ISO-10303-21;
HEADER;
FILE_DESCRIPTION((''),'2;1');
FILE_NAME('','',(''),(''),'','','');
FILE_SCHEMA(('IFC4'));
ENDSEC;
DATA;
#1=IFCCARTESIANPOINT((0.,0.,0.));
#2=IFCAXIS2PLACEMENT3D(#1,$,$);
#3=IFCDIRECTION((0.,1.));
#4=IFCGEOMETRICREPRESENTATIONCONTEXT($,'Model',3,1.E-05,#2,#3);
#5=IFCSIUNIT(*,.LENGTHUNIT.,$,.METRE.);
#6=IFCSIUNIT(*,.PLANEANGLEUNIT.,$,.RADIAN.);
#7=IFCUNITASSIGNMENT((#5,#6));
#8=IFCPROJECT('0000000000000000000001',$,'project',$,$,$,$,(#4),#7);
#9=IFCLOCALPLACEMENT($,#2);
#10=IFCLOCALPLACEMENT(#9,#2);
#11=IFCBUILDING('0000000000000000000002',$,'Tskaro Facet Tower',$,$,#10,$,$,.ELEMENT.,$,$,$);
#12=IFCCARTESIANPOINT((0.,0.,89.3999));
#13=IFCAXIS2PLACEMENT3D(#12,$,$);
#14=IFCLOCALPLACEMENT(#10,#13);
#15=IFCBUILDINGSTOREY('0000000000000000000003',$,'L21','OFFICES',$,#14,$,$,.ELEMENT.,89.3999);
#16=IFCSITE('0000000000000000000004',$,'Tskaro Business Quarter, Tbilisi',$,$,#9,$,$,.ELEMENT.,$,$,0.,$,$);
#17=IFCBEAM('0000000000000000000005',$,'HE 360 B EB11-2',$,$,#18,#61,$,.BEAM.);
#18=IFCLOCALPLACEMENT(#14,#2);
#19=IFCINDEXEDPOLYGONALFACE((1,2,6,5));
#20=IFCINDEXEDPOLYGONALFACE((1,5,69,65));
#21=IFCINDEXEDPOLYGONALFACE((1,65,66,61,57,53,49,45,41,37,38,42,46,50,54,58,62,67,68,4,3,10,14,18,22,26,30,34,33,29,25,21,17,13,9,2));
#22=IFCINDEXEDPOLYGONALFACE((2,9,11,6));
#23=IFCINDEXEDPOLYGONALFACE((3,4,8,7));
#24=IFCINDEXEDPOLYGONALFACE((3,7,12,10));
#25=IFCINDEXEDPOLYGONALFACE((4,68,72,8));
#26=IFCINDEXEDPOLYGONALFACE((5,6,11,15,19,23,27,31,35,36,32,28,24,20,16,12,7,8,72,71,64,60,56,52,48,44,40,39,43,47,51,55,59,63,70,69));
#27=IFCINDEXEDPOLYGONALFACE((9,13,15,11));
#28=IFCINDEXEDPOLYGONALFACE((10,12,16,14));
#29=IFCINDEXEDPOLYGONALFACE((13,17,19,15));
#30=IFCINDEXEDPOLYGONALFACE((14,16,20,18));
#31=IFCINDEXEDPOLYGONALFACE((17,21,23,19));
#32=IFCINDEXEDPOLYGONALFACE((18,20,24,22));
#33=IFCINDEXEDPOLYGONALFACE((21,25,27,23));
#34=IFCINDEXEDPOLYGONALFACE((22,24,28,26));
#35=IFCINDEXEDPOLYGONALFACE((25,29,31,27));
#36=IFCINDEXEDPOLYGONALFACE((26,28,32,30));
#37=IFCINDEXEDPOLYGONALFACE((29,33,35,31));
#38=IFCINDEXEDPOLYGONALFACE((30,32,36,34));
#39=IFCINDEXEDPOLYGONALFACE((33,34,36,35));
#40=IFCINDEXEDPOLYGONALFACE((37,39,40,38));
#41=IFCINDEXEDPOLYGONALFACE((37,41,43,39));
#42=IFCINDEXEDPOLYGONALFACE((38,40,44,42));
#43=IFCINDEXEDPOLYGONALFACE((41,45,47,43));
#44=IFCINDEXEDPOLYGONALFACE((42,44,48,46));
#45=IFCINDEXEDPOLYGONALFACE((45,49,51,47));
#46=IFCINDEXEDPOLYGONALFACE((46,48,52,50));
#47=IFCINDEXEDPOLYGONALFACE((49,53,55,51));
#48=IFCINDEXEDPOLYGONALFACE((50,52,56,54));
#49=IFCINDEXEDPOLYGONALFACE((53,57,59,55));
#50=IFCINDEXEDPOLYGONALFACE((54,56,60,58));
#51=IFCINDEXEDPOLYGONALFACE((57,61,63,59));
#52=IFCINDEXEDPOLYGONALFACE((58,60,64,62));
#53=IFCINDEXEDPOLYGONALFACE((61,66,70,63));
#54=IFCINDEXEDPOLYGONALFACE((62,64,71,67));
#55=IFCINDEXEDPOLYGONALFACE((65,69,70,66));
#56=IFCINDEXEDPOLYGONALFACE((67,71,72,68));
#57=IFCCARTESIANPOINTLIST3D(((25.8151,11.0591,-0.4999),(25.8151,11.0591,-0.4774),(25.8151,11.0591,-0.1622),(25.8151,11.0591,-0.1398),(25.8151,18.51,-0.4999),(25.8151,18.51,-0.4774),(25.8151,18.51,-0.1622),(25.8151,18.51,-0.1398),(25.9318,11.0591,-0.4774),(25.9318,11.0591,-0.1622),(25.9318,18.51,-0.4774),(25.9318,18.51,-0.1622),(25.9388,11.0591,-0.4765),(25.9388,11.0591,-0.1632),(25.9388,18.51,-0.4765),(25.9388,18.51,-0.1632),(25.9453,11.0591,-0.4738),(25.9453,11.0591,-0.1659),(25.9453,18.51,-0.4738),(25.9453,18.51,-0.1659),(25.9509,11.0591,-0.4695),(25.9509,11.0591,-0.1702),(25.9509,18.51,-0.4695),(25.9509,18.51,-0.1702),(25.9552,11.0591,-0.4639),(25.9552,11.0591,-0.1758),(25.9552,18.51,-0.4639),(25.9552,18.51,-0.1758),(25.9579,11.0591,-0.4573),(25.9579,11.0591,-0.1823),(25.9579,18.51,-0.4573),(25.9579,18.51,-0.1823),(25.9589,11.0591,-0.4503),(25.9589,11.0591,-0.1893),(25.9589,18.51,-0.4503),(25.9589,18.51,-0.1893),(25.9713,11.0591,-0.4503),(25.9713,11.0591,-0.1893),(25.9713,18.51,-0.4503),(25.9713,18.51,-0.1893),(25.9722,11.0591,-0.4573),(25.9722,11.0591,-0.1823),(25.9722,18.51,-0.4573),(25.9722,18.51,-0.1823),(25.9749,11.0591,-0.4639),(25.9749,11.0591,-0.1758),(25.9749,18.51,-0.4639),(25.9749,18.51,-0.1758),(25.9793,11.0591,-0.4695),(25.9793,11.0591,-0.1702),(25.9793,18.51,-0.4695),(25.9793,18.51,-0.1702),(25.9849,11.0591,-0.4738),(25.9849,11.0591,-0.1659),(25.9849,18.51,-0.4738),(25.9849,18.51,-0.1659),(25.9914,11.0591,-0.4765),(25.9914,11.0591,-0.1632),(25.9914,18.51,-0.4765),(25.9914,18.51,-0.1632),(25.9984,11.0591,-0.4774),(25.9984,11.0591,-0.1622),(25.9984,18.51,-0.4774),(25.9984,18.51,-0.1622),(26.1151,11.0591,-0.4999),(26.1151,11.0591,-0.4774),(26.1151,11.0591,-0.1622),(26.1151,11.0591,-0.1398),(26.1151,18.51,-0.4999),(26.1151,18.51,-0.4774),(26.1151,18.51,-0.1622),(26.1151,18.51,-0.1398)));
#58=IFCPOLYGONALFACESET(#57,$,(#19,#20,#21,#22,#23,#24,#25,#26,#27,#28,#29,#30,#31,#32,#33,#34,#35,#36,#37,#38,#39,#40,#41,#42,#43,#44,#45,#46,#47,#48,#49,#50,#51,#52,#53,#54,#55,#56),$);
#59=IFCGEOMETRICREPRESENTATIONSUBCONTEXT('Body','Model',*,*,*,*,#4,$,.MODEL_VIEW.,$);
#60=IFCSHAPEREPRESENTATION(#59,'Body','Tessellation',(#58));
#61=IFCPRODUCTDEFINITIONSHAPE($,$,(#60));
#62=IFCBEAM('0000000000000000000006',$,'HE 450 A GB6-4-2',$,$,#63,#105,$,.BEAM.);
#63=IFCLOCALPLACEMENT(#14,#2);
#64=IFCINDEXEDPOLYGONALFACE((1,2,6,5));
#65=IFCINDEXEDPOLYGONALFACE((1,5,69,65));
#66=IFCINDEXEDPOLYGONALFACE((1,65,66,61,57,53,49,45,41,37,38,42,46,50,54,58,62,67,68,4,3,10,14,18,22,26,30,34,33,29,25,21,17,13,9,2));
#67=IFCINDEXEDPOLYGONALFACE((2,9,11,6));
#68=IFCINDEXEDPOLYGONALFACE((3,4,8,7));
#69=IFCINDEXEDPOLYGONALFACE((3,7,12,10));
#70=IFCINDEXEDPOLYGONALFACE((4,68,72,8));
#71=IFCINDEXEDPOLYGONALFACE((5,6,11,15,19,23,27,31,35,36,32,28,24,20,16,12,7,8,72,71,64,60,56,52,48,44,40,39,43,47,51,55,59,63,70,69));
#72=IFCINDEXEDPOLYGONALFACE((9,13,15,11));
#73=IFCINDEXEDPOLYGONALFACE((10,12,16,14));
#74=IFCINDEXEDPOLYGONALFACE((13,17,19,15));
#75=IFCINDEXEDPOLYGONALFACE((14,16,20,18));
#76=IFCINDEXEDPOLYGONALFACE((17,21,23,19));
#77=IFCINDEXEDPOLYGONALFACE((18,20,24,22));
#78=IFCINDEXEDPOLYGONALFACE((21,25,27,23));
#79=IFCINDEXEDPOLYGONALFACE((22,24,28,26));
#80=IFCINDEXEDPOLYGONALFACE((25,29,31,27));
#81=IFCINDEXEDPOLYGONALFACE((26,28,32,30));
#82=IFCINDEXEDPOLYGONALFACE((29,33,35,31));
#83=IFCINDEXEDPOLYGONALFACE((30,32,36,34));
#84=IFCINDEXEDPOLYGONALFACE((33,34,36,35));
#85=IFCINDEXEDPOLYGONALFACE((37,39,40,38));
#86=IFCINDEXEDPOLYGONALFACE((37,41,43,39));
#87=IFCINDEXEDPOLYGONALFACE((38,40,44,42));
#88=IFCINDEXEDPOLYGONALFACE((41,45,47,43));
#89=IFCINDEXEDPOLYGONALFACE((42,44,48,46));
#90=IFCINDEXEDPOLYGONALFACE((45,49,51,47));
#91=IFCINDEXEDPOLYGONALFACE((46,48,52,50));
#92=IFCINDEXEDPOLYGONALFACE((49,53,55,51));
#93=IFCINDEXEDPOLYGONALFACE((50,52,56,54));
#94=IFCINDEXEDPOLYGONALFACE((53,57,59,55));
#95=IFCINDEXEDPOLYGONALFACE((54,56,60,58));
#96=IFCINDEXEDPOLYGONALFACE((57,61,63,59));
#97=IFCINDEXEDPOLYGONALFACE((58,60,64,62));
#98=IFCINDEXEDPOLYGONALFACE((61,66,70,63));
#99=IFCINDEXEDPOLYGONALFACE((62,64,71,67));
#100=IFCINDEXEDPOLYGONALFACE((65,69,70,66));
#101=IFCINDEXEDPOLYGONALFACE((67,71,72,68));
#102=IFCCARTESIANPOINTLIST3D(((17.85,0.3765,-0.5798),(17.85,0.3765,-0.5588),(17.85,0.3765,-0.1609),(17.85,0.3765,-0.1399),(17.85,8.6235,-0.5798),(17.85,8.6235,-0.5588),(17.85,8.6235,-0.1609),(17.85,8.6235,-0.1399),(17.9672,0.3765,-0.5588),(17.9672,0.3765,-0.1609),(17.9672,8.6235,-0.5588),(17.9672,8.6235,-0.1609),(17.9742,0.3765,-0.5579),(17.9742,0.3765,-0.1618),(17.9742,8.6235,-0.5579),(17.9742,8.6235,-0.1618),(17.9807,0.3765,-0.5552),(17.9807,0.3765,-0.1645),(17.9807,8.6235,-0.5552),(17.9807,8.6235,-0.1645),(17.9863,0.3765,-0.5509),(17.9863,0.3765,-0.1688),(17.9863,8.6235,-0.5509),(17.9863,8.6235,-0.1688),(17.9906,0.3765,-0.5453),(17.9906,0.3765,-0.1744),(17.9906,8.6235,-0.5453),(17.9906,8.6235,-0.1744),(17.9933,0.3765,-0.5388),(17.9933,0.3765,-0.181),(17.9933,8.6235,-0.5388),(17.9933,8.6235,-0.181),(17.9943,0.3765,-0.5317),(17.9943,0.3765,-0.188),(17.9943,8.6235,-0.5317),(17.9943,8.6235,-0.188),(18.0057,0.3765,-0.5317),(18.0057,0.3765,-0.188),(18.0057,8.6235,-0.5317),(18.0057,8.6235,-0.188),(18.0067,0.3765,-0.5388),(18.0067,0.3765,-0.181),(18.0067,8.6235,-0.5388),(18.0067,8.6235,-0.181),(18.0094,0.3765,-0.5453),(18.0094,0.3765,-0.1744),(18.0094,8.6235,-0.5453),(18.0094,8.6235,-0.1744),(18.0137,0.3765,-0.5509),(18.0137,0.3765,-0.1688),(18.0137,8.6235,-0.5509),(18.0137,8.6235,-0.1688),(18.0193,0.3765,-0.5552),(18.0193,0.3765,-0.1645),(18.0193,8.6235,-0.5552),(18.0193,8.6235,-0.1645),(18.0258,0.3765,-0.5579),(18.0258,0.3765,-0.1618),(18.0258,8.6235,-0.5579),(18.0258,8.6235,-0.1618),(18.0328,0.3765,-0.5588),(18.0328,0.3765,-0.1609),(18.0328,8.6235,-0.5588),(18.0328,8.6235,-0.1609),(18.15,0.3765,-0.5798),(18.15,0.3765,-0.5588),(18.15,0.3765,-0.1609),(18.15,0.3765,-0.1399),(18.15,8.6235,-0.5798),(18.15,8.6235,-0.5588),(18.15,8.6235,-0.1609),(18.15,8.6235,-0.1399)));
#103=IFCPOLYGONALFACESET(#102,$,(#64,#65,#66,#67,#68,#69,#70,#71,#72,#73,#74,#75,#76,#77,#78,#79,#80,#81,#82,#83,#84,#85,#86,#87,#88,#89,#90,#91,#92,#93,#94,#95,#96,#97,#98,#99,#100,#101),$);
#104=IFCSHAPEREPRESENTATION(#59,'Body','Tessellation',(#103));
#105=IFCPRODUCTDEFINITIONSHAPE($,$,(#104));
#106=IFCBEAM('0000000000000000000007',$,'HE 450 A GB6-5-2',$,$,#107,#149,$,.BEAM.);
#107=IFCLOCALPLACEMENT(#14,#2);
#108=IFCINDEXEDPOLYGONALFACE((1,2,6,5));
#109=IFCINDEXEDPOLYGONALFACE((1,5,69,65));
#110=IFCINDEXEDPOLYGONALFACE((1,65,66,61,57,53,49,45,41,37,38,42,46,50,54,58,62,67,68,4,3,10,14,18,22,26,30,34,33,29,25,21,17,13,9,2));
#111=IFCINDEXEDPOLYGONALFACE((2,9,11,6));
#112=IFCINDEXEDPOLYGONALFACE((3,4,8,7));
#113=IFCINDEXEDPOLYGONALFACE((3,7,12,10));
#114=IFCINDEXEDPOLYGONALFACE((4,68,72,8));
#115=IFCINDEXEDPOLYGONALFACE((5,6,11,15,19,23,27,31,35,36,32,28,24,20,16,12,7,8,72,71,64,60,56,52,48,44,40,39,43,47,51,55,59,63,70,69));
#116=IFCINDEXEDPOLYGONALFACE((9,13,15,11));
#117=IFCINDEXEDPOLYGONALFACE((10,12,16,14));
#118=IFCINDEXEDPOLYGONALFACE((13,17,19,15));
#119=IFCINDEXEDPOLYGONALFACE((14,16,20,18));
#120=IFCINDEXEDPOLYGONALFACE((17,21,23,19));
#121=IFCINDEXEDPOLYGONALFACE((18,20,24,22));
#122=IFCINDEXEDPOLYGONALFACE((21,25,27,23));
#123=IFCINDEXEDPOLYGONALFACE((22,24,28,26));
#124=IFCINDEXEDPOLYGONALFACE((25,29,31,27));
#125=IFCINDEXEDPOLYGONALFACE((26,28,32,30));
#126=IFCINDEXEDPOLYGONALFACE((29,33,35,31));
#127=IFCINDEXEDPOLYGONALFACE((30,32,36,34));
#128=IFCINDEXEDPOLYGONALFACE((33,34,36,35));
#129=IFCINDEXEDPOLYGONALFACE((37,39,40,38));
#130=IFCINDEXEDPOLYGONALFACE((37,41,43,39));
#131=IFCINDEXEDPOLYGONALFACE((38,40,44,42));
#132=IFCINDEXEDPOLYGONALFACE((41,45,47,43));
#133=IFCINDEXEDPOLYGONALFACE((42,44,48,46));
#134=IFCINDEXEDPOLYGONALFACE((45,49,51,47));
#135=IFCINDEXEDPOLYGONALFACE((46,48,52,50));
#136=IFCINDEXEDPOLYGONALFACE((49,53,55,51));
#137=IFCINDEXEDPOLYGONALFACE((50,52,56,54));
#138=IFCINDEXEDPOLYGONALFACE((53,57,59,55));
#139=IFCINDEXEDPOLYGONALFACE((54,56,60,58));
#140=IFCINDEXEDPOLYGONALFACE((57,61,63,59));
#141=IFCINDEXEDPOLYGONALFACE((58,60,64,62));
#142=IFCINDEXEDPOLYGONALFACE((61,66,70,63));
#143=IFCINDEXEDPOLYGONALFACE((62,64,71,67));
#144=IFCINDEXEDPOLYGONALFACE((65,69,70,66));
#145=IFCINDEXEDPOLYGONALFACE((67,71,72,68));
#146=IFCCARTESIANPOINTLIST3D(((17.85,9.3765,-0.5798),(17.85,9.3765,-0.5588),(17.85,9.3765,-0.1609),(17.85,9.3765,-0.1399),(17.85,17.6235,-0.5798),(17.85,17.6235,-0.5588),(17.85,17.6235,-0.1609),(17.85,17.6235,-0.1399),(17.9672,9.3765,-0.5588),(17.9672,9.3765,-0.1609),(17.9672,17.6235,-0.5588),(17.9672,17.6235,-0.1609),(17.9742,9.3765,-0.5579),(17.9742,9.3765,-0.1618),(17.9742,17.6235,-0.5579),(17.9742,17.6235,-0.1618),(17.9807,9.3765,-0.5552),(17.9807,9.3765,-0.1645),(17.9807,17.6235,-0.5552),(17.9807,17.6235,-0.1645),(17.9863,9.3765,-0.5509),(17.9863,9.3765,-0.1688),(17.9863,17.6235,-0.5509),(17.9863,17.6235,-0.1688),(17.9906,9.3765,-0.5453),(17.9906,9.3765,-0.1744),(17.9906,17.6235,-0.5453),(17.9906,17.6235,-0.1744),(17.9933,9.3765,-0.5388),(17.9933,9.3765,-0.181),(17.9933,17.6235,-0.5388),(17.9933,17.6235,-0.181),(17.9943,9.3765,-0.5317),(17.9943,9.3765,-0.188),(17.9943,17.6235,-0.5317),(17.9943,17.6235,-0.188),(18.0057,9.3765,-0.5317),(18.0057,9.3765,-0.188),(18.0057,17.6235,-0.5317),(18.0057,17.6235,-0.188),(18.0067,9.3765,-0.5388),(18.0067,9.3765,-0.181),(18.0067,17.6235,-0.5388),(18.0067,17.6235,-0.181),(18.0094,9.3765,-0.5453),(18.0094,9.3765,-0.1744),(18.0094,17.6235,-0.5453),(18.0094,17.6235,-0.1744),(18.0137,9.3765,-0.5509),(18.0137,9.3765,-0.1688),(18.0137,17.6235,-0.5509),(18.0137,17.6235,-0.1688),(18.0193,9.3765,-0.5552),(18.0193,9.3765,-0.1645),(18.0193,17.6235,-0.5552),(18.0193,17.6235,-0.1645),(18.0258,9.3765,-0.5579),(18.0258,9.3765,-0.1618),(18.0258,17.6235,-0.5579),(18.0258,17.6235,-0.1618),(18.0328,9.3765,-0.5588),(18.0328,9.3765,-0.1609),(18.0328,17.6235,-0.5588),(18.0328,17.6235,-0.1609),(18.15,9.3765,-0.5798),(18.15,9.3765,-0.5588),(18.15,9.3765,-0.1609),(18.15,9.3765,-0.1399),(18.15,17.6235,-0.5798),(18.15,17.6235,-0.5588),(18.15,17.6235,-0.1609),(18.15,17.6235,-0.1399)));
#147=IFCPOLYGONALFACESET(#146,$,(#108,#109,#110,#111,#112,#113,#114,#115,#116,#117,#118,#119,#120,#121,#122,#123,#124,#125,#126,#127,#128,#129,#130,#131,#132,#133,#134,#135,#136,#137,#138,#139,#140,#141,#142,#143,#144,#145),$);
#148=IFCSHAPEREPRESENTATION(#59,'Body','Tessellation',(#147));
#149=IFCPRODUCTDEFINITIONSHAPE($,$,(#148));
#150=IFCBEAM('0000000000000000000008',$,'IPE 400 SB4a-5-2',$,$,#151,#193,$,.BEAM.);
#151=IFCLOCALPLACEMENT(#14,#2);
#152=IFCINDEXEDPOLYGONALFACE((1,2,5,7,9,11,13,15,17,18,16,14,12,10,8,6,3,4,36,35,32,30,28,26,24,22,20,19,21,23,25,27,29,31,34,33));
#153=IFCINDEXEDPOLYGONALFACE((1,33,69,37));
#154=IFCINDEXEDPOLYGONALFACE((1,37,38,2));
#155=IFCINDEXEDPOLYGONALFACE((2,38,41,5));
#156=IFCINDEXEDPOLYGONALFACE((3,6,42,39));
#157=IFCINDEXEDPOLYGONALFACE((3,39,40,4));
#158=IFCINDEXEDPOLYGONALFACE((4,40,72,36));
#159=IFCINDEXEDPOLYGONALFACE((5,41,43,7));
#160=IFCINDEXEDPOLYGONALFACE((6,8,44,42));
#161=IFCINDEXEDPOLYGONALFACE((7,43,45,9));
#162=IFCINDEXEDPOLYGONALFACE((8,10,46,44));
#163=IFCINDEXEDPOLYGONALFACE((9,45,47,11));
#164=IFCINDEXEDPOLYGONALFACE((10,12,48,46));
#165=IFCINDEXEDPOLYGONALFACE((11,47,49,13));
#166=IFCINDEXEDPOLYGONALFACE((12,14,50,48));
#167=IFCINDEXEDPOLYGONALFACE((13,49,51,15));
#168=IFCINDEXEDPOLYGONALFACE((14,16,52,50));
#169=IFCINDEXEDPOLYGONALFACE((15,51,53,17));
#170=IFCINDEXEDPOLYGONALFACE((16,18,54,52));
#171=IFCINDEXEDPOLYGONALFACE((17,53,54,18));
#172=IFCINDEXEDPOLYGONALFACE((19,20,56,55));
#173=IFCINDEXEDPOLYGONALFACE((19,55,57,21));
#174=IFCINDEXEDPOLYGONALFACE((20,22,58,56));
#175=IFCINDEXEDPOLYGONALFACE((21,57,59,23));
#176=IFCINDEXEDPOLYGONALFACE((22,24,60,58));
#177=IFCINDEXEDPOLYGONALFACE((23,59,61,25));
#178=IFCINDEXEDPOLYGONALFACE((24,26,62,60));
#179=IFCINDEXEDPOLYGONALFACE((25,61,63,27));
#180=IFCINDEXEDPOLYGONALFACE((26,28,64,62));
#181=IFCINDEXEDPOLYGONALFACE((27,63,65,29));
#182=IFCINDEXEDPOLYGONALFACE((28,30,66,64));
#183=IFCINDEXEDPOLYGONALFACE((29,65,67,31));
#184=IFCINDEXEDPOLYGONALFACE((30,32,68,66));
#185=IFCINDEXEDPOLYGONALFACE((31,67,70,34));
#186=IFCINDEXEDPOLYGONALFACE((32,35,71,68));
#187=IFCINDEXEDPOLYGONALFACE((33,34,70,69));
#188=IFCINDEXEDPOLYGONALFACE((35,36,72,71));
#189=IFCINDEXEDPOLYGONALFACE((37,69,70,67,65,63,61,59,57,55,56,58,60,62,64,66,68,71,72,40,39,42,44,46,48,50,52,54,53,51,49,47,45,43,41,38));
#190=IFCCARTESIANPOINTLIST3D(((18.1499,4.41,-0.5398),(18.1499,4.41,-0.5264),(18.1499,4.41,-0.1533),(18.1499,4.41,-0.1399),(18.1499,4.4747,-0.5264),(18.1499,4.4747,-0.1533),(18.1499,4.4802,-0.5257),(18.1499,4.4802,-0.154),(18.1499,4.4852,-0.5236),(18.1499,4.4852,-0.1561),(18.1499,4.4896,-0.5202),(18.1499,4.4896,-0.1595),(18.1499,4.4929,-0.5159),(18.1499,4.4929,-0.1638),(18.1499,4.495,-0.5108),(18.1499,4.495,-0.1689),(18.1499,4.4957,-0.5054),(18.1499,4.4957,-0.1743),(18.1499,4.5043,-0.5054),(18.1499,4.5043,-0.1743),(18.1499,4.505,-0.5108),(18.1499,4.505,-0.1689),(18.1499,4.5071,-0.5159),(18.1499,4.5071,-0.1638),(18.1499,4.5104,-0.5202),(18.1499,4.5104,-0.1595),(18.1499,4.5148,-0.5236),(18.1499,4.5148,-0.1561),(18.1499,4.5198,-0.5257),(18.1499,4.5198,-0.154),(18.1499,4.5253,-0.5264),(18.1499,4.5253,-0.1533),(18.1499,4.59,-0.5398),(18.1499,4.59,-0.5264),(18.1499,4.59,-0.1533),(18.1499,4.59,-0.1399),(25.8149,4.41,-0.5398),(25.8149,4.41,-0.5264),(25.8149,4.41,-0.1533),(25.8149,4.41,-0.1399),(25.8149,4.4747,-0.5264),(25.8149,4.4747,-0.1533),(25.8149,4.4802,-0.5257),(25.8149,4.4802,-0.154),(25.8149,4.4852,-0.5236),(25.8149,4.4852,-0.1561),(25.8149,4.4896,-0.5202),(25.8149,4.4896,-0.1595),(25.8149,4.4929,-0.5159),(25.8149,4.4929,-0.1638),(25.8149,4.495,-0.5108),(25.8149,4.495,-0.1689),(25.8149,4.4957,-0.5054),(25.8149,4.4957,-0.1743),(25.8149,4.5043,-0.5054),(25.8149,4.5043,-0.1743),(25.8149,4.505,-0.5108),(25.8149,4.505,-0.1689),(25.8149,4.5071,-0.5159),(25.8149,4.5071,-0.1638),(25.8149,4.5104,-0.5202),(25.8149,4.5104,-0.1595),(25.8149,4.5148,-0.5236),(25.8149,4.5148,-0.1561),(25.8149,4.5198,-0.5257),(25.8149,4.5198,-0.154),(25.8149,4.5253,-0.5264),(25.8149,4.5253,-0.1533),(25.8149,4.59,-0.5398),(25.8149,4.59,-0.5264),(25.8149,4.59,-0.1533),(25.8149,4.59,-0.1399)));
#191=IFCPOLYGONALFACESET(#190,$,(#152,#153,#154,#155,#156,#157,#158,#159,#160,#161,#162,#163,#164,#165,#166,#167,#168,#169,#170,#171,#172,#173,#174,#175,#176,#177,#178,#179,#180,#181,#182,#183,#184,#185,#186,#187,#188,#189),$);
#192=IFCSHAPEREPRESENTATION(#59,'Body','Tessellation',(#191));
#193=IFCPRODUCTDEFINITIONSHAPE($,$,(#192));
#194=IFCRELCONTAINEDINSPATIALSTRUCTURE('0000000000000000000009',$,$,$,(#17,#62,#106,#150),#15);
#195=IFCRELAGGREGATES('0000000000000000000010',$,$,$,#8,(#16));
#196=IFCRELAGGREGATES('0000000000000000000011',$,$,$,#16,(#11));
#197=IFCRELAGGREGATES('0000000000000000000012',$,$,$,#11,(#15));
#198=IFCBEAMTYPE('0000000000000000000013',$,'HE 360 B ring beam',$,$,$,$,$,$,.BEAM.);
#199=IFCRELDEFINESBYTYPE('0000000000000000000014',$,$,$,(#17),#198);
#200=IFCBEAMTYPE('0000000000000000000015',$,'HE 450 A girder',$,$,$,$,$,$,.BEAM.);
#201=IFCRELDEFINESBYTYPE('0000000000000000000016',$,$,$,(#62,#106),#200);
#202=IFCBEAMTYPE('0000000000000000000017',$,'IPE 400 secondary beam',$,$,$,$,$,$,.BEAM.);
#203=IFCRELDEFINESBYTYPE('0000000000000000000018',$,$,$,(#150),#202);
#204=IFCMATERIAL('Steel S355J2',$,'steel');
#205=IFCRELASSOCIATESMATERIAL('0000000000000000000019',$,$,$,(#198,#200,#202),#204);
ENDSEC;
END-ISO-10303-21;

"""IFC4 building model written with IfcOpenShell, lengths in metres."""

from ifc_helpers import new_model, si_unit, direction, frame, origin, origin_2d, place, context, subcontext, project, spatial, i_section, extrude, material, material_profile, profile_set, type_object, element, save


model = new_model("IFC4")

# Units and contexts
model_context = context("Model", 3, precision=1e-05, world=origin(), true_north=direction((0.0, 1.0)))
body_context = subcontext(model_context, "Body", "Model", "MODEL_VIEW")
ifc_project = project(units=[si_unit("LENGTHUNIT", "METRE"), si_unit("PLANEANGLEUNIT", "RADIAN")], contexts=[model_context])

# Site, building, storey
site_placement = place(None, origin())
site = spatial("IfcSite", under=ifc_project, at=site_placement, Name="Tskaro Business Quarter, Tbilisi", CompositionType="ELEMENT", RefElevation=0.0)
building_placement = place(site_placement, origin())
building = spatial("IfcBuilding", under=site, at=building_placement, Name="Tskaro Facet Tower", CompositionType="ELEMENT")
storey_placement = place(building_placement, frame((0.0, 0.0, 89.3999)))
storey = spatial("IfcBuildingStorey", under=building, at=storey_placement, Name="L21", Description="OFFICES", CompositionType="ELEMENT", Elevation=89.3999)

# Beams
ifc_material_1 = material(Name="Steel S355J2", Category="steel")
ifc_material_profile_1 = material_profile(ifc_material_1, i_section(OverallWidth=0.3, OverallDepth=0.3601, WebThickness=0.0125, FlangeThickness=0.0225, FilletRadius=0.0271, at=origin_2d()), Name="HE 360 B")
ifc_profile_set_1 = profile_set([ifc_material_profile_1], Name="Steel S355J2")
beam_type_1 = type_object("IfcBeamType", Name="HE 360 B ring beam", PredefinedType="BEAM", material=ifc_profile_set_1)
for number, where, z_axis, x_axis, name in (
    (1, (25.9651, 11.0591, -0.3198), (0.0, 1.0, 0.0), (-1.0, 0.0, 0.0), "HE 360 B EB11-2"),
):
    element("IfcBeam", number, at=place(storey_placement, frame(where, z_axis=z_axis, x_axis=x_axis)), inside=storey, type_object=beam_type_1, Name=name, PredefinedType="BEAM", context=body_context, shape_type="SweptSolid", body=[
        extrude(i_section(OverallWidth=0.3, OverallDepth=0.3601, WebThickness=0.0125, FlangeThickness=0.0225, FilletRadius=0.0271, at=origin_2d()), origin(), (0.0, 0.0, 1.0), 7.4509),
    ])
ifc_material_profile_2 = material_profile(ifc_material_1, i_section(OverallWidth=0.3, OverallDepth=0.4399, WebThickness=0.0115, FlangeThickness=0.021, FilletRadius=0.0271, at=origin_2d()), Name="HE 450 A")
ifc_profile_set_2 = profile_set([ifc_material_profile_2], Name="Steel S355J2")
beam_type_2 = type_object("IfcBeamType", Name="HE 450 A girder", PredefinedType="BEAM", material=ifc_profile_set_2)
for number, where, z_axis, x_axis, name in (
    (2, (18.0, 0.3765, -0.3599), (0.0, 1.0, 0.0), (-1.0, 0.0, 0.0), "HE 450 A GB6-4-2"),
    (3, (18.0, 9.3765, -0.3599), (0.0, 1.0, 0.0), (-1.0, 0.0, 0.0), "HE 450 A GB6-5-2"),
):
    element("IfcBeam", number, at=place(storey_placement, frame(where, z_axis=z_axis, x_axis=x_axis)), inside=storey, type_object=beam_type_2, Name=name, PredefinedType="BEAM", context=body_context, shape_type="SweptSolid", body=[
        extrude(i_section(OverallWidth=0.3, OverallDepth=0.4399, WebThickness=0.0115, FlangeThickness=0.021, FilletRadius=0.0271, at=origin_2d()), origin(), (0.0, 0.0, 1.0), 8.2471),
    ])
ifc_material_profile_3 = material_profile(ifc_material_1, i_section(OverallWidth=0.1799, OverallDepth=0.3999, WebThickness=0.0085, FlangeThickness=0.0134, FilletRadius=0.021, at=origin_2d()), Name="IPE 400")
ifc_profile_set_3 = profile_set([ifc_material_profile_3], Name="Steel S355J2")
beam_type_3 = type_object("IfcBeamType", Name="IPE 400 secondary beam", PredefinedType="BEAM", material=ifc_profile_set_3)
beam_placement = place(storey_placement, frame((18.1499, 4.5, -0.3398), z_axis=(1.0, 0.0, 0.0), x_axis=(0.0, 1.0, 0.0)))
element("IfcBeam", 4, at=beam_placement, inside=storey, type_object=beam_type_3, Name="IPE 400 SB4a-5-2", PredefinedType="BEAM", context=body_context, shape_type="SweptSolid", body=[
    extrude(i_section(OverallWidth=0.1799, OverallDepth=0.3999, WebThickness=0.0085, FlangeThickness=0.0134, FilletRadius=0.021, at=origin_2d()), origin(), (0.0, 0.0, 1.0), 7.665),
])

save(model, "model.ifc")
